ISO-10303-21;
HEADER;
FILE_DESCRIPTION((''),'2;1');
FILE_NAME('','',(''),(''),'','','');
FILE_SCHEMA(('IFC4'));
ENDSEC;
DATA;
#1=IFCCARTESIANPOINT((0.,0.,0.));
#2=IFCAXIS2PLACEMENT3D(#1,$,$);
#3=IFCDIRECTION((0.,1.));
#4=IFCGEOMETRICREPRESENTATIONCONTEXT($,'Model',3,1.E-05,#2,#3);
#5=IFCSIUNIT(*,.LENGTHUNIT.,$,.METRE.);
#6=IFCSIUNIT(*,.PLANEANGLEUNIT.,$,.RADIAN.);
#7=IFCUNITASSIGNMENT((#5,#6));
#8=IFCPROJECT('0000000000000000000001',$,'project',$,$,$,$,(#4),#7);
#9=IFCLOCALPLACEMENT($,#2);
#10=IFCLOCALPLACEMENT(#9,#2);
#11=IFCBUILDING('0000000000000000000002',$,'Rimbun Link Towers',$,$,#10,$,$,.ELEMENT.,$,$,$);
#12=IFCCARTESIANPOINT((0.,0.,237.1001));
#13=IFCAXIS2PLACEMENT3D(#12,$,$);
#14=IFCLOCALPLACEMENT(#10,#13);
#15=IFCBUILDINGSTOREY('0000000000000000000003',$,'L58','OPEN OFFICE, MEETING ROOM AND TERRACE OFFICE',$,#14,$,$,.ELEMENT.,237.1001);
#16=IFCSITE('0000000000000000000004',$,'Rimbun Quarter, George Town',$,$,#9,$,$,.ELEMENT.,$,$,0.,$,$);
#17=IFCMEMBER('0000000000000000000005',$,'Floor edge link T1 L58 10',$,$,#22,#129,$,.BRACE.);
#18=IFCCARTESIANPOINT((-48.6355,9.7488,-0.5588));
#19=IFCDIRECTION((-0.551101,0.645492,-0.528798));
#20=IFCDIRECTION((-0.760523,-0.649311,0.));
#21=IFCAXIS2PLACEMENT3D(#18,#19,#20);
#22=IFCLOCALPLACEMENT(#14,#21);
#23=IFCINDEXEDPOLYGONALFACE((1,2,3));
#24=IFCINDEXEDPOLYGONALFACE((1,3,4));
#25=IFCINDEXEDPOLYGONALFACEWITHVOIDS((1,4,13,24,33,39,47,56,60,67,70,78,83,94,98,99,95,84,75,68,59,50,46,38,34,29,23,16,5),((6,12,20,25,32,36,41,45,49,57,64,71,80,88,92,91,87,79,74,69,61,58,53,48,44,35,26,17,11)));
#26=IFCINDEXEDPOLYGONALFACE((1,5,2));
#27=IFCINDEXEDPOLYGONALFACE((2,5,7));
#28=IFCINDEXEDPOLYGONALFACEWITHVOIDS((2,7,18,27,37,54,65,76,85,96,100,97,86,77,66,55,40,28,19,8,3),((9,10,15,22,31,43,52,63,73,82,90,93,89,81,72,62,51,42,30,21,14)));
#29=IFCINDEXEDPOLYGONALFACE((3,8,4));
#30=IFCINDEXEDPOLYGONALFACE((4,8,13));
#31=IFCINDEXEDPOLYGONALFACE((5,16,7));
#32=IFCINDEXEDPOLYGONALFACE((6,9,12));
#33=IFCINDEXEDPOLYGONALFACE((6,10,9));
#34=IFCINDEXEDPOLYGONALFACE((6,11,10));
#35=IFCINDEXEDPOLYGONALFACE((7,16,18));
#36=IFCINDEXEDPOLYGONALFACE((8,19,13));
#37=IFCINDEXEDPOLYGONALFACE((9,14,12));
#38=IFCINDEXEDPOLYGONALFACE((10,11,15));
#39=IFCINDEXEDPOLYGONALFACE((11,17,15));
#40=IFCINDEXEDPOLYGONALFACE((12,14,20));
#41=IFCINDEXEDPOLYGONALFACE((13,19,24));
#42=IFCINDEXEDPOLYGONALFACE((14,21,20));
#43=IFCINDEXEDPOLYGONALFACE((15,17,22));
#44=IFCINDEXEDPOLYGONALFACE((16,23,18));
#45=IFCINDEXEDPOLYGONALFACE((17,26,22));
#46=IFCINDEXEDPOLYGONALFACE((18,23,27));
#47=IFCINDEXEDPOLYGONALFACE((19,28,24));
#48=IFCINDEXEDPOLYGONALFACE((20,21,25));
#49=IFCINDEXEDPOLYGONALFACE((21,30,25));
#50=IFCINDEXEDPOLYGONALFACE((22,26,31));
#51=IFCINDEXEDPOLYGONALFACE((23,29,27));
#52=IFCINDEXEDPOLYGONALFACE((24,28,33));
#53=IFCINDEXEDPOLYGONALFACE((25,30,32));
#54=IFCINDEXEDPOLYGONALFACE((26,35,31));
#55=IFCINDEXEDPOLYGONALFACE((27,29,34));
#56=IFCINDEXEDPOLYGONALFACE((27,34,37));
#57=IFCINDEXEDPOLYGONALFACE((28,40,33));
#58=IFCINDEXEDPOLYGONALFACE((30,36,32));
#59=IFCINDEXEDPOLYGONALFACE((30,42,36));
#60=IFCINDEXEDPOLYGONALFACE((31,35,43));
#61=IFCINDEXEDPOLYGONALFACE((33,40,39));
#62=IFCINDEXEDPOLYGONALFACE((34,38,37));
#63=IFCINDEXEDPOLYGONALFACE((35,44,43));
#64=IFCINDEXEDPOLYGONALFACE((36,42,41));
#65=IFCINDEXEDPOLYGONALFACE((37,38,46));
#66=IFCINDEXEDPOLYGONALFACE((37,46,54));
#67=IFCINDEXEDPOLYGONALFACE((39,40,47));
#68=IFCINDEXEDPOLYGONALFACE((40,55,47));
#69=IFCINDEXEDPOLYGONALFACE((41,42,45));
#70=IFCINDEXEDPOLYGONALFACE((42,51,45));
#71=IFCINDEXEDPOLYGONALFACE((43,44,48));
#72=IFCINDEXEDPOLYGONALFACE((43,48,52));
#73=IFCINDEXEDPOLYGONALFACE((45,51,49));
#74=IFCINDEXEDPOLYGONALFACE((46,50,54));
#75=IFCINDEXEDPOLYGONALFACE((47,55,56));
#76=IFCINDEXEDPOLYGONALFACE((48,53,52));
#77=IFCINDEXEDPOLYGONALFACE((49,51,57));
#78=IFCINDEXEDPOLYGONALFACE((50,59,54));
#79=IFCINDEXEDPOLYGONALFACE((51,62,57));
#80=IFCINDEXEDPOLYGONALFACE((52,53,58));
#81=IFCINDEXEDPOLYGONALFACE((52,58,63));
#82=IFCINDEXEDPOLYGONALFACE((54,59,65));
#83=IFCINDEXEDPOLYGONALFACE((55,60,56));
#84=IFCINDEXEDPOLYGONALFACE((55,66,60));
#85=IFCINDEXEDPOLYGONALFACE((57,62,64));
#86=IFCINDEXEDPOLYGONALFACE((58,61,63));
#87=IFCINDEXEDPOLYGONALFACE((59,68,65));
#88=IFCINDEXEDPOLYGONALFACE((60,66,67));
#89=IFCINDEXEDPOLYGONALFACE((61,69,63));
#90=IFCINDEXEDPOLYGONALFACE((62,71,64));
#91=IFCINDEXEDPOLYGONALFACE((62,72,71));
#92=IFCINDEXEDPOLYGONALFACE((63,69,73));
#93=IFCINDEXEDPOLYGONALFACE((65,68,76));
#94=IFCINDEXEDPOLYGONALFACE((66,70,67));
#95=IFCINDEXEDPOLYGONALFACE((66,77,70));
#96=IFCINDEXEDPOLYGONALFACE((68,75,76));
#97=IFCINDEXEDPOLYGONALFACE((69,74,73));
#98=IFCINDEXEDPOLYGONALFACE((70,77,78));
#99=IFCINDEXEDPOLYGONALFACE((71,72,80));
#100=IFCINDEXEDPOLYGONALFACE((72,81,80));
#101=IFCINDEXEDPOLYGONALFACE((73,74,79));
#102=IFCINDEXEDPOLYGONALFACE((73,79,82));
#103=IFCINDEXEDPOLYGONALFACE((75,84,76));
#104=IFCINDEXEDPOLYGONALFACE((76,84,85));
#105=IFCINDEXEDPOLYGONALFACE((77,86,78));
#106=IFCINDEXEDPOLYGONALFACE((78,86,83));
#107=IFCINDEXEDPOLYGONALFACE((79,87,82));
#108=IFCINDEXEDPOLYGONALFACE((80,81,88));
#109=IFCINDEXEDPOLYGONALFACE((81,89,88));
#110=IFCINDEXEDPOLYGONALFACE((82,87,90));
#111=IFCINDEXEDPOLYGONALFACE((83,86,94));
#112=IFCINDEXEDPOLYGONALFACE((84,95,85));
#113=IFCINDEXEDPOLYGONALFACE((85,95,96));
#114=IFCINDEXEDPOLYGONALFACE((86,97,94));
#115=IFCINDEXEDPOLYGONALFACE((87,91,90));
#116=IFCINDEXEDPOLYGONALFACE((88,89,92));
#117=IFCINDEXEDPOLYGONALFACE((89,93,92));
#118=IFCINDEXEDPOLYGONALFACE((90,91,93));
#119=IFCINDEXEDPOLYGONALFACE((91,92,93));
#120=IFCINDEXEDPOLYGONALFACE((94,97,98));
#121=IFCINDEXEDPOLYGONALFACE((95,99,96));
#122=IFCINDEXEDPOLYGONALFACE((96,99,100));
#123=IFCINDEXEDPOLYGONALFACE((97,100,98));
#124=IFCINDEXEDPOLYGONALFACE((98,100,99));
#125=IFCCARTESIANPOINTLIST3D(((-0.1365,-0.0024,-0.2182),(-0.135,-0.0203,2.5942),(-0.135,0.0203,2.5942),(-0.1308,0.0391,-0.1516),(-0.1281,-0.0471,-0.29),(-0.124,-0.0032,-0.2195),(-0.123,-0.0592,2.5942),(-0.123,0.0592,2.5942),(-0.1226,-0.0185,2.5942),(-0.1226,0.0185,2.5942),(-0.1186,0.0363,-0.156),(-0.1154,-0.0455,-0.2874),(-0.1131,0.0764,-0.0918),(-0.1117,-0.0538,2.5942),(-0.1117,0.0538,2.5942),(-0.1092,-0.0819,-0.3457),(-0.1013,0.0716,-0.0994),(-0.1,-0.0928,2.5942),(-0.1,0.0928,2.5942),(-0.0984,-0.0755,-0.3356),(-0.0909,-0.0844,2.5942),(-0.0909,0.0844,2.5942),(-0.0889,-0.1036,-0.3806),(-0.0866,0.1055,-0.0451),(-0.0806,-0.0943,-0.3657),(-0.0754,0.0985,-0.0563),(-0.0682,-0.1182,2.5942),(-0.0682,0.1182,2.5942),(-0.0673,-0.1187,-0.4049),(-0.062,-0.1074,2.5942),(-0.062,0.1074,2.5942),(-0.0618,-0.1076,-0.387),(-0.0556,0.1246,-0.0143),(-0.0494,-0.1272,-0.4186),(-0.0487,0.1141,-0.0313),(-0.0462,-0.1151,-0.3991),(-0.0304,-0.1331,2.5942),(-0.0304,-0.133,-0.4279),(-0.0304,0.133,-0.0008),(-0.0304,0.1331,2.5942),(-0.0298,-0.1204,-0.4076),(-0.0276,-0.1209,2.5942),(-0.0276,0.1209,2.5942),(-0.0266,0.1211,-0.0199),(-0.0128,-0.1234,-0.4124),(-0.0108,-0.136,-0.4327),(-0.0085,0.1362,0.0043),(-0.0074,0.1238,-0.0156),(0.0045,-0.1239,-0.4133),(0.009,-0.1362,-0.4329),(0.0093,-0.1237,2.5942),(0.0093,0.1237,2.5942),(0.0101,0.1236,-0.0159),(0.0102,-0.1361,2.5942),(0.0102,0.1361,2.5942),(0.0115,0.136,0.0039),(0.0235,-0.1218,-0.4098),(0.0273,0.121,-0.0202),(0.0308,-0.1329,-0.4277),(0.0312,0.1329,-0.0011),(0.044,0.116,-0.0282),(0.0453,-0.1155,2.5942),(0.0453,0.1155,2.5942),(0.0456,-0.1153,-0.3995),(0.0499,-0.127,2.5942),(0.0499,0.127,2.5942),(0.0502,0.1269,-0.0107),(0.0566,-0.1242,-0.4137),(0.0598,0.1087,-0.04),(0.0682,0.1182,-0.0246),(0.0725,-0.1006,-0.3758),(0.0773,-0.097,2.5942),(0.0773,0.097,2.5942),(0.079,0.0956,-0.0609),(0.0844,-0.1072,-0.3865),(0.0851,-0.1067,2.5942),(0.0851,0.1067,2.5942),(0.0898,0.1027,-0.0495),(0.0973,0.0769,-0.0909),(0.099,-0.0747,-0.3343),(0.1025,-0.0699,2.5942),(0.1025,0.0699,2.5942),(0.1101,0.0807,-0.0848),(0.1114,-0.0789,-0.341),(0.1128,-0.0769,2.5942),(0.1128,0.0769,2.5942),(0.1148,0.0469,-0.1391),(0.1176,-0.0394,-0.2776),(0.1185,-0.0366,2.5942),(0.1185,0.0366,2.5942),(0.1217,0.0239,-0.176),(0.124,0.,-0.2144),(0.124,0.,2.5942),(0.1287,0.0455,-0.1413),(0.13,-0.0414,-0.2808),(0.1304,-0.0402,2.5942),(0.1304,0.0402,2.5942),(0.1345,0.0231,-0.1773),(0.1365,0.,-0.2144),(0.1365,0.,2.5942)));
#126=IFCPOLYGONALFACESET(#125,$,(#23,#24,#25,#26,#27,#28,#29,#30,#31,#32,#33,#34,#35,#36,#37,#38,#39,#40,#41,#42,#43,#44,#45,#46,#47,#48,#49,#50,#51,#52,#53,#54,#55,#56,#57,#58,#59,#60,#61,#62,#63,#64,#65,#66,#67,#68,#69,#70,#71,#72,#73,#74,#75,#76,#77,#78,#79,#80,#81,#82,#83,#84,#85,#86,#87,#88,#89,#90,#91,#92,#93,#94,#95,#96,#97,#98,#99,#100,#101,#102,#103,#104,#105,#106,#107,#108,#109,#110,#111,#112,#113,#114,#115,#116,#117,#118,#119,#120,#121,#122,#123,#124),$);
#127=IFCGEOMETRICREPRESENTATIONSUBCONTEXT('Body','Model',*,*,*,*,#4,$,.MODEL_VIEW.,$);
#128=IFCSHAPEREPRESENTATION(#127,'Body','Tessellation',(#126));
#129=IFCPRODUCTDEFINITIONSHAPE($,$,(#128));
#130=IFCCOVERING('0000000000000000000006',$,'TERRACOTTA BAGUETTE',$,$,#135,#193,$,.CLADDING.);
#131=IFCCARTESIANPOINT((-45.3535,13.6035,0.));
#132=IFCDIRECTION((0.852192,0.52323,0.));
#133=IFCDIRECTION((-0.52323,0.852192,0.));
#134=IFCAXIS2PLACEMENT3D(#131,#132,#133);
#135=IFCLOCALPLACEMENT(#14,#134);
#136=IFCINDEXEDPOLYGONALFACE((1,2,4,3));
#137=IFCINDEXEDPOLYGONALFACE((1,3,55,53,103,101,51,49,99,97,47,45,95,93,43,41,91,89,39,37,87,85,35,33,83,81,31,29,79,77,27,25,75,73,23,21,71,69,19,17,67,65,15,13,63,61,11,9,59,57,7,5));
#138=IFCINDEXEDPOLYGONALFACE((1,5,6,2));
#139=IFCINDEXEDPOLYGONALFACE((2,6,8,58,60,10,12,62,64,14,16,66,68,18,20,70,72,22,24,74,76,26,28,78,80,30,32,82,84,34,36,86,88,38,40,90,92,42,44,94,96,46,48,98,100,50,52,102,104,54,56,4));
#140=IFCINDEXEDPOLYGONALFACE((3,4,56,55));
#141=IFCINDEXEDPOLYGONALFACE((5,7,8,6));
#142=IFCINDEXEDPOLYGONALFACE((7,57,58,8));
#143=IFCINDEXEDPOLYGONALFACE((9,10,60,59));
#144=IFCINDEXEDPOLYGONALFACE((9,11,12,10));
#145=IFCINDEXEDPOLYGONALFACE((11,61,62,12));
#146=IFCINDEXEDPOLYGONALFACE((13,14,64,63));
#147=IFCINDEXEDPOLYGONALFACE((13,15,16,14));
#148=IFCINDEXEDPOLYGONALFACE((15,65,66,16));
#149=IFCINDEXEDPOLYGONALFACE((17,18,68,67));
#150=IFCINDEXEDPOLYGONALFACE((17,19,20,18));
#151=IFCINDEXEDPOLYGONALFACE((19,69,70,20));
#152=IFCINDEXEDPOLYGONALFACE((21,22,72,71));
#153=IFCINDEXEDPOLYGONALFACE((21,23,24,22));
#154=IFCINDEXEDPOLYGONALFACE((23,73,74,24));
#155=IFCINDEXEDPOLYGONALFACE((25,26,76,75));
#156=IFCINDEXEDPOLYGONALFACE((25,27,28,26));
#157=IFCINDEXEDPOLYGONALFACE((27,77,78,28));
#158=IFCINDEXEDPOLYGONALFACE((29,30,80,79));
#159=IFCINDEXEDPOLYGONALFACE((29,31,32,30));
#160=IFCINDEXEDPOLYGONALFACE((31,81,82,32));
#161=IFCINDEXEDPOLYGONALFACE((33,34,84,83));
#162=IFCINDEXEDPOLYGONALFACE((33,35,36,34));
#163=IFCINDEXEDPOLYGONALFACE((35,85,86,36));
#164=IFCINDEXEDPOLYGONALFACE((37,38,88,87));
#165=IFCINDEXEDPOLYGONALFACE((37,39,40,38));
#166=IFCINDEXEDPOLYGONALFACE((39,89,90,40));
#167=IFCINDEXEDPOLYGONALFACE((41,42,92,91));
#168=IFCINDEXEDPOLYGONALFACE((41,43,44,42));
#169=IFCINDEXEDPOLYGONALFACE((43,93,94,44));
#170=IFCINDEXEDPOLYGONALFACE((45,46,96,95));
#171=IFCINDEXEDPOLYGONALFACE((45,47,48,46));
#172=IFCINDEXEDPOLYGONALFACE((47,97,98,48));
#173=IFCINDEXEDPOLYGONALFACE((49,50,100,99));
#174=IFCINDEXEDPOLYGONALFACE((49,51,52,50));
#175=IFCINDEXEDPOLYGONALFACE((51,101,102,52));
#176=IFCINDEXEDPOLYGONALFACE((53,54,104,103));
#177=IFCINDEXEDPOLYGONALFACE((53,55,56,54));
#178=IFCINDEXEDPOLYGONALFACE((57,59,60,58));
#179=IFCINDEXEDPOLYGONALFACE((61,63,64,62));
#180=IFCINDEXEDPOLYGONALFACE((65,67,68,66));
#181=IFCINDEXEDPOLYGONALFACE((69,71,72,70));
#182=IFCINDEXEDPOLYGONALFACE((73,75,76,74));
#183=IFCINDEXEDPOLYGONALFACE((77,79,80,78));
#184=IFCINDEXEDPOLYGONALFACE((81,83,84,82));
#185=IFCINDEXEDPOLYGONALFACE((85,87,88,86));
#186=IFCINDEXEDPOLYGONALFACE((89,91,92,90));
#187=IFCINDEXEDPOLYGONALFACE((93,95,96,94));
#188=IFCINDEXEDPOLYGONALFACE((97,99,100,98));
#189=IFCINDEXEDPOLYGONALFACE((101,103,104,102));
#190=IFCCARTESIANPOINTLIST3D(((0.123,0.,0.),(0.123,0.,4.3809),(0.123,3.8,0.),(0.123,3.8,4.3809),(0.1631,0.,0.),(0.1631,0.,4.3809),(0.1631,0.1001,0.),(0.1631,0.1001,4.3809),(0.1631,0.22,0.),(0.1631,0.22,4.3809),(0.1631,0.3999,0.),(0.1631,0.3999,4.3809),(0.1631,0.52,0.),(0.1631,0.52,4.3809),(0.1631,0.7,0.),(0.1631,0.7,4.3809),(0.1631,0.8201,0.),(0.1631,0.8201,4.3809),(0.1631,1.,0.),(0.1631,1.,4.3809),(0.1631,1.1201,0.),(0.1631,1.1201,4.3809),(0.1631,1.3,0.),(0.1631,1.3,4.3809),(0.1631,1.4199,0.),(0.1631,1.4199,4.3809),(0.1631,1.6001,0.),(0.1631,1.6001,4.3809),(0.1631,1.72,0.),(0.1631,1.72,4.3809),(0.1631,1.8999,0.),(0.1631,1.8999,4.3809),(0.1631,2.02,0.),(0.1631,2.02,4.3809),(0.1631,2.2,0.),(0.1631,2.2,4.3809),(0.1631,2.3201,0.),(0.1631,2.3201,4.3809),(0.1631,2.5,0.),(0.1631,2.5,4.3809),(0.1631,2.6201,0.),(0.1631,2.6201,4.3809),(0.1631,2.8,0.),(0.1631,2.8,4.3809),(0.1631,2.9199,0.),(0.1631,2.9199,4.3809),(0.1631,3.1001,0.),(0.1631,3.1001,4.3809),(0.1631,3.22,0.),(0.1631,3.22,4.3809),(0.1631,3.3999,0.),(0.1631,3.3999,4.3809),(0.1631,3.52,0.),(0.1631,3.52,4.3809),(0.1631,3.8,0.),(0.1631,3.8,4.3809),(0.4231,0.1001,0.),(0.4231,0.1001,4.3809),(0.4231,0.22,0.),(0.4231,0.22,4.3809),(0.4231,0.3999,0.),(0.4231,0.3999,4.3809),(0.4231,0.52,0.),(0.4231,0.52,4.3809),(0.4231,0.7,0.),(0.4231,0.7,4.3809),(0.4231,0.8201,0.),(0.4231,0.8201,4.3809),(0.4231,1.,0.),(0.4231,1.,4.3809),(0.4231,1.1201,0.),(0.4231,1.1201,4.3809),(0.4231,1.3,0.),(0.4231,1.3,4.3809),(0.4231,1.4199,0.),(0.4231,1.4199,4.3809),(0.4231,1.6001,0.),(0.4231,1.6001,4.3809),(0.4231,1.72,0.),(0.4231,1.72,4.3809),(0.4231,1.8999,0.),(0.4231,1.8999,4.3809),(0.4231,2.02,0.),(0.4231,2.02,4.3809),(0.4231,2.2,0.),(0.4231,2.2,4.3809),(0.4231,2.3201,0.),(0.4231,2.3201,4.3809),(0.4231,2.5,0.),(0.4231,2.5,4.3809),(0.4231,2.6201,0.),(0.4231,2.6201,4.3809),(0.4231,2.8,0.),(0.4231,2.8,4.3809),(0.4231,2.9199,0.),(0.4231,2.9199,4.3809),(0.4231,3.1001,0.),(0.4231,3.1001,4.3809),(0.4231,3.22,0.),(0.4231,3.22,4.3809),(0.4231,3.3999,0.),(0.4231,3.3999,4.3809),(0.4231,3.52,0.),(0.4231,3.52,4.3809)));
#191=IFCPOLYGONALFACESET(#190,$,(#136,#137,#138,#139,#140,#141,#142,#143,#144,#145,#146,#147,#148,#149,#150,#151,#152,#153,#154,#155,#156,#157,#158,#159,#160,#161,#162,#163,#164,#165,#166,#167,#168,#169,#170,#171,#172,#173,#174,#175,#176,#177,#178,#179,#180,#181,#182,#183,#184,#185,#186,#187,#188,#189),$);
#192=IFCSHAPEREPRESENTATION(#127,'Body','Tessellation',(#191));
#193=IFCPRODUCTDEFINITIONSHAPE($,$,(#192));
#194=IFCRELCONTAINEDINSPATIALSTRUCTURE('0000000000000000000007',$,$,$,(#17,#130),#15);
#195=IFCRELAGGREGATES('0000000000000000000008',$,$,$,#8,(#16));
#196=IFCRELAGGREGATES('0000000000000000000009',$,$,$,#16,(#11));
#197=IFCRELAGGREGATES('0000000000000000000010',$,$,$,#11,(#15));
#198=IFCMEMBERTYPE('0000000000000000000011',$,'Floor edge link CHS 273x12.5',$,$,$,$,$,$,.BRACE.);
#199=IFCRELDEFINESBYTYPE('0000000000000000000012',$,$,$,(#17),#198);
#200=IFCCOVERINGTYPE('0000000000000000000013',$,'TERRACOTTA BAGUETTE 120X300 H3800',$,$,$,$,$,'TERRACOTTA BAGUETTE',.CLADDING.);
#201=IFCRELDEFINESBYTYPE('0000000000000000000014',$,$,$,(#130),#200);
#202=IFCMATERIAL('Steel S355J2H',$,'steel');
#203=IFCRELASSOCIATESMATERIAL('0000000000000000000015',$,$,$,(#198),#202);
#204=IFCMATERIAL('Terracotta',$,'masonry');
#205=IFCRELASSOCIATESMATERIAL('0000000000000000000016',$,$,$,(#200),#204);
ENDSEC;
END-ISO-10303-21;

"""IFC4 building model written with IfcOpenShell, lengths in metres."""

from ifc_helpers import new_model, si_unit, direction, frame, origin, origin_2d, place, context, subcontext, project, spatial, polyline, hollow_circle, outline, extrude, clip, halfspace, material, material_profile, profile_set, type_object, element, save


model = new_model("IFC4")

# Units and contexts
model_context = context("Model", 3, precision=1e-05, world=origin(), true_north=direction((0.0, 1.0)))
body_context = subcontext(model_context, "Body", "Model", "MODEL_VIEW")
ifc_project = project(units=[si_unit("LENGTHUNIT", "METRE"), si_unit("PLANEANGLEUNIT", "RADIAN")], contexts=[model_context])

# Site, building, storey
site_placement = place(None, origin())
site = spatial("IfcSite", under=ifc_project, at=site_placement, Name="Rimbun Quarter, George Town", CompositionType="ELEMENT", RefElevation=0.0)
building_placement = place(site_placement, origin())
building = spatial("IfcBuilding", under=site, at=building_placement, Name="Rimbun Link Towers", CompositionType="ELEMENT")
storey_placement = place(building_placement, frame((0.0, 0.0, 237.1001)))
storey = spatial("IfcBuildingStorey", under=building, at=storey_placement, Name="L58", Description="OPEN OFFICE, MEETING ROOM AND TERRACE OFFICE", CompositionType="ELEMENT", Elevation=237.1001)

# Member
ifc_material_1 = material(Name="Steel S355J2H", Category="steel")
ifc_material_profile_1 = material_profile(ifc_material_1, hollow_circle(Radius=0.1365, WallThickness=0.0125, at=origin_2d()), Name="CHS 273x12.5")
ifc_profile_set_1 = profile_set([ifc_material_profile_1], Name="Steel S355J2H")
member_type_1 = type_object("IfcMemberType", Name="Floor edge link CHS 273x12.5", PredefinedType="BRACE", material=ifc_profile_set_1)
member_1_placement = place(storey_placement, frame((-48.6355, 9.7488, -0.5588), z_axis=(-0.551101, 0.645492, -0.528798), x_axis=(-0.760523, -0.649311, 0.0)))
element("IfcMember", 1, at=member_1_placement, inside=storey, type_object=member_type_1, Name="Floor edge link T1 L58 10", PredefinedType="BRACE", context=body_context, shape_type="Clipping", body=[
    clip(extrude(hollow_circle(Radius=0.1365, WallThickness=0.0125, at=origin_2d()), frame((0.0, 0.0, -0.4573)), (0.0, 0.0, 1.0), 3.0515), halfspace(frame((0.0, 0.0, -0.2144), z_axis=(0.0, 0.848748, -0.528798)), False)),
])

# Covering
ifc_material_2 = material(Name="Terracotta", Category="masonry")
ifc_material_profile_2 = material_profile(ifc_material_2, outline(polyline([(0.123, 0.0), (0.1631, 0.0), (0.1631, 0.1001), (0.4231, 0.1001), (0.4231, 0.22), (0.1631, 0.22), (0.1631, 0.3999), (0.4231, 0.3999), (0.4231, 0.52), (0.1631, 0.52), (0.1631, 0.7), (0.4231, 0.7), (0.4231, 0.8201), (0.1631, 0.8201), (0.1631, 1.0), (0.4231, 1.0), (0.4231, 1.1201), (0.1631, 1.1201), (0.1631, 1.3), (0.4231, 1.3), (0.4231, 1.4199), (0.1631, 1.4199), (0.1631, 1.6001), (0.4231, 1.6001), (0.4231, 1.72), (0.1631, 1.72), (0.1631, 1.8999), (0.4231, 1.8999), (0.4231, 2.02), (0.1631, 2.02), (0.1631, 2.2), (0.4231, 2.2), (0.4231, 2.3201), (0.1631, 2.3201), (0.1631, 2.5), (0.4231, 2.5), (0.4231, 2.6201), (0.1631, 2.6201), (0.1631, 2.8), (0.4231, 2.8), (0.4231, 2.9199), (0.1631, 2.9199), (0.1631, 3.1001), (0.4231, 3.1001), (0.4231, 3.22), (0.1631, 3.22), (0.1631, 3.3999), (0.4231, 3.3999), (0.4231, 3.52), (0.1631, 3.52), (0.1631, 3.8), (0.123, 3.8), (0.123, 0.0)])), Name="BAGUETTE 120X300")
ifc_profile_set_2 = profile_set([ifc_material_profile_2], Name="Terracotta")
covering_type = type_object("IfcCoveringType", Name="TERRACOTTA BAGUETTE 120X300 H3800", ElementType="TERRACOTTA BAGUETTE", PredefinedType="CLADDING", material=ifc_profile_set_2)
covering_1_placement = place(storey_placement, frame((-45.3535, 13.6035, 0.0), z_axis=(0.852192, 0.52323, 0.0), x_axis=(-0.52323, 0.852192, 0.0)))
element("IfcCovering", 2, at=covering_1_placement, inside=storey, type_object=covering_type, Name="TERRACOTTA BAGUETTE", PredefinedType="CLADDING", context=body_context, shape_type="SweptSolid", body=[
    extrude(outline(polyline([(0.123, 0.0), (0.1631, 0.0), (0.1631, 0.1001), (0.4231, 0.1001), (0.4231, 0.22), (0.1631, 0.22), (0.1631, 0.3999), (0.4231, 0.3999), (0.4231, 0.52), (0.1631, 0.52), (0.1631, 0.7), (0.4231, 0.7), (0.4231, 0.8201), (0.1631, 0.8201), (0.1631, 1.0), (0.4231, 1.0), (0.4231, 1.1201), (0.1631, 1.1201), (0.1631, 1.3), (0.4231, 1.3), (0.4231, 1.4199), (0.1631, 1.4199), (0.1631, 1.6001), (0.4231, 1.6001), (0.4231, 1.72), (0.1631, 1.72), (0.1631, 1.8999), (0.4231, 1.8999), (0.4231, 2.02), (0.1631, 2.02), (0.1631, 2.2), (0.4231, 2.2), (0.4231, 2.3201), (0.1631, 2.3201), (0.1631, 2.5), (0.4231, 2.5), (0.4231, 2.6201), (0.1631, 2.6201), (0.1631, 2.8), (0.4231, 2.8), (0.4231, 2.9199), (0.1631, 2.9199), (0.1631, 3.1001), (0.4231, 3.1001), (0.4231, 3.22), (0.1631, 3.22), (0.1631, 3.3999), (0.4231, 3.3999), (0.4231, 3.52), (0.1631, 3.52), (0.1631, 3.8), (0.123, 3.8), (0.123, 0.0)])), origin(), (0.0, 0.0, 1.0), 4.3809),
])

save(model, "model.ifc")
